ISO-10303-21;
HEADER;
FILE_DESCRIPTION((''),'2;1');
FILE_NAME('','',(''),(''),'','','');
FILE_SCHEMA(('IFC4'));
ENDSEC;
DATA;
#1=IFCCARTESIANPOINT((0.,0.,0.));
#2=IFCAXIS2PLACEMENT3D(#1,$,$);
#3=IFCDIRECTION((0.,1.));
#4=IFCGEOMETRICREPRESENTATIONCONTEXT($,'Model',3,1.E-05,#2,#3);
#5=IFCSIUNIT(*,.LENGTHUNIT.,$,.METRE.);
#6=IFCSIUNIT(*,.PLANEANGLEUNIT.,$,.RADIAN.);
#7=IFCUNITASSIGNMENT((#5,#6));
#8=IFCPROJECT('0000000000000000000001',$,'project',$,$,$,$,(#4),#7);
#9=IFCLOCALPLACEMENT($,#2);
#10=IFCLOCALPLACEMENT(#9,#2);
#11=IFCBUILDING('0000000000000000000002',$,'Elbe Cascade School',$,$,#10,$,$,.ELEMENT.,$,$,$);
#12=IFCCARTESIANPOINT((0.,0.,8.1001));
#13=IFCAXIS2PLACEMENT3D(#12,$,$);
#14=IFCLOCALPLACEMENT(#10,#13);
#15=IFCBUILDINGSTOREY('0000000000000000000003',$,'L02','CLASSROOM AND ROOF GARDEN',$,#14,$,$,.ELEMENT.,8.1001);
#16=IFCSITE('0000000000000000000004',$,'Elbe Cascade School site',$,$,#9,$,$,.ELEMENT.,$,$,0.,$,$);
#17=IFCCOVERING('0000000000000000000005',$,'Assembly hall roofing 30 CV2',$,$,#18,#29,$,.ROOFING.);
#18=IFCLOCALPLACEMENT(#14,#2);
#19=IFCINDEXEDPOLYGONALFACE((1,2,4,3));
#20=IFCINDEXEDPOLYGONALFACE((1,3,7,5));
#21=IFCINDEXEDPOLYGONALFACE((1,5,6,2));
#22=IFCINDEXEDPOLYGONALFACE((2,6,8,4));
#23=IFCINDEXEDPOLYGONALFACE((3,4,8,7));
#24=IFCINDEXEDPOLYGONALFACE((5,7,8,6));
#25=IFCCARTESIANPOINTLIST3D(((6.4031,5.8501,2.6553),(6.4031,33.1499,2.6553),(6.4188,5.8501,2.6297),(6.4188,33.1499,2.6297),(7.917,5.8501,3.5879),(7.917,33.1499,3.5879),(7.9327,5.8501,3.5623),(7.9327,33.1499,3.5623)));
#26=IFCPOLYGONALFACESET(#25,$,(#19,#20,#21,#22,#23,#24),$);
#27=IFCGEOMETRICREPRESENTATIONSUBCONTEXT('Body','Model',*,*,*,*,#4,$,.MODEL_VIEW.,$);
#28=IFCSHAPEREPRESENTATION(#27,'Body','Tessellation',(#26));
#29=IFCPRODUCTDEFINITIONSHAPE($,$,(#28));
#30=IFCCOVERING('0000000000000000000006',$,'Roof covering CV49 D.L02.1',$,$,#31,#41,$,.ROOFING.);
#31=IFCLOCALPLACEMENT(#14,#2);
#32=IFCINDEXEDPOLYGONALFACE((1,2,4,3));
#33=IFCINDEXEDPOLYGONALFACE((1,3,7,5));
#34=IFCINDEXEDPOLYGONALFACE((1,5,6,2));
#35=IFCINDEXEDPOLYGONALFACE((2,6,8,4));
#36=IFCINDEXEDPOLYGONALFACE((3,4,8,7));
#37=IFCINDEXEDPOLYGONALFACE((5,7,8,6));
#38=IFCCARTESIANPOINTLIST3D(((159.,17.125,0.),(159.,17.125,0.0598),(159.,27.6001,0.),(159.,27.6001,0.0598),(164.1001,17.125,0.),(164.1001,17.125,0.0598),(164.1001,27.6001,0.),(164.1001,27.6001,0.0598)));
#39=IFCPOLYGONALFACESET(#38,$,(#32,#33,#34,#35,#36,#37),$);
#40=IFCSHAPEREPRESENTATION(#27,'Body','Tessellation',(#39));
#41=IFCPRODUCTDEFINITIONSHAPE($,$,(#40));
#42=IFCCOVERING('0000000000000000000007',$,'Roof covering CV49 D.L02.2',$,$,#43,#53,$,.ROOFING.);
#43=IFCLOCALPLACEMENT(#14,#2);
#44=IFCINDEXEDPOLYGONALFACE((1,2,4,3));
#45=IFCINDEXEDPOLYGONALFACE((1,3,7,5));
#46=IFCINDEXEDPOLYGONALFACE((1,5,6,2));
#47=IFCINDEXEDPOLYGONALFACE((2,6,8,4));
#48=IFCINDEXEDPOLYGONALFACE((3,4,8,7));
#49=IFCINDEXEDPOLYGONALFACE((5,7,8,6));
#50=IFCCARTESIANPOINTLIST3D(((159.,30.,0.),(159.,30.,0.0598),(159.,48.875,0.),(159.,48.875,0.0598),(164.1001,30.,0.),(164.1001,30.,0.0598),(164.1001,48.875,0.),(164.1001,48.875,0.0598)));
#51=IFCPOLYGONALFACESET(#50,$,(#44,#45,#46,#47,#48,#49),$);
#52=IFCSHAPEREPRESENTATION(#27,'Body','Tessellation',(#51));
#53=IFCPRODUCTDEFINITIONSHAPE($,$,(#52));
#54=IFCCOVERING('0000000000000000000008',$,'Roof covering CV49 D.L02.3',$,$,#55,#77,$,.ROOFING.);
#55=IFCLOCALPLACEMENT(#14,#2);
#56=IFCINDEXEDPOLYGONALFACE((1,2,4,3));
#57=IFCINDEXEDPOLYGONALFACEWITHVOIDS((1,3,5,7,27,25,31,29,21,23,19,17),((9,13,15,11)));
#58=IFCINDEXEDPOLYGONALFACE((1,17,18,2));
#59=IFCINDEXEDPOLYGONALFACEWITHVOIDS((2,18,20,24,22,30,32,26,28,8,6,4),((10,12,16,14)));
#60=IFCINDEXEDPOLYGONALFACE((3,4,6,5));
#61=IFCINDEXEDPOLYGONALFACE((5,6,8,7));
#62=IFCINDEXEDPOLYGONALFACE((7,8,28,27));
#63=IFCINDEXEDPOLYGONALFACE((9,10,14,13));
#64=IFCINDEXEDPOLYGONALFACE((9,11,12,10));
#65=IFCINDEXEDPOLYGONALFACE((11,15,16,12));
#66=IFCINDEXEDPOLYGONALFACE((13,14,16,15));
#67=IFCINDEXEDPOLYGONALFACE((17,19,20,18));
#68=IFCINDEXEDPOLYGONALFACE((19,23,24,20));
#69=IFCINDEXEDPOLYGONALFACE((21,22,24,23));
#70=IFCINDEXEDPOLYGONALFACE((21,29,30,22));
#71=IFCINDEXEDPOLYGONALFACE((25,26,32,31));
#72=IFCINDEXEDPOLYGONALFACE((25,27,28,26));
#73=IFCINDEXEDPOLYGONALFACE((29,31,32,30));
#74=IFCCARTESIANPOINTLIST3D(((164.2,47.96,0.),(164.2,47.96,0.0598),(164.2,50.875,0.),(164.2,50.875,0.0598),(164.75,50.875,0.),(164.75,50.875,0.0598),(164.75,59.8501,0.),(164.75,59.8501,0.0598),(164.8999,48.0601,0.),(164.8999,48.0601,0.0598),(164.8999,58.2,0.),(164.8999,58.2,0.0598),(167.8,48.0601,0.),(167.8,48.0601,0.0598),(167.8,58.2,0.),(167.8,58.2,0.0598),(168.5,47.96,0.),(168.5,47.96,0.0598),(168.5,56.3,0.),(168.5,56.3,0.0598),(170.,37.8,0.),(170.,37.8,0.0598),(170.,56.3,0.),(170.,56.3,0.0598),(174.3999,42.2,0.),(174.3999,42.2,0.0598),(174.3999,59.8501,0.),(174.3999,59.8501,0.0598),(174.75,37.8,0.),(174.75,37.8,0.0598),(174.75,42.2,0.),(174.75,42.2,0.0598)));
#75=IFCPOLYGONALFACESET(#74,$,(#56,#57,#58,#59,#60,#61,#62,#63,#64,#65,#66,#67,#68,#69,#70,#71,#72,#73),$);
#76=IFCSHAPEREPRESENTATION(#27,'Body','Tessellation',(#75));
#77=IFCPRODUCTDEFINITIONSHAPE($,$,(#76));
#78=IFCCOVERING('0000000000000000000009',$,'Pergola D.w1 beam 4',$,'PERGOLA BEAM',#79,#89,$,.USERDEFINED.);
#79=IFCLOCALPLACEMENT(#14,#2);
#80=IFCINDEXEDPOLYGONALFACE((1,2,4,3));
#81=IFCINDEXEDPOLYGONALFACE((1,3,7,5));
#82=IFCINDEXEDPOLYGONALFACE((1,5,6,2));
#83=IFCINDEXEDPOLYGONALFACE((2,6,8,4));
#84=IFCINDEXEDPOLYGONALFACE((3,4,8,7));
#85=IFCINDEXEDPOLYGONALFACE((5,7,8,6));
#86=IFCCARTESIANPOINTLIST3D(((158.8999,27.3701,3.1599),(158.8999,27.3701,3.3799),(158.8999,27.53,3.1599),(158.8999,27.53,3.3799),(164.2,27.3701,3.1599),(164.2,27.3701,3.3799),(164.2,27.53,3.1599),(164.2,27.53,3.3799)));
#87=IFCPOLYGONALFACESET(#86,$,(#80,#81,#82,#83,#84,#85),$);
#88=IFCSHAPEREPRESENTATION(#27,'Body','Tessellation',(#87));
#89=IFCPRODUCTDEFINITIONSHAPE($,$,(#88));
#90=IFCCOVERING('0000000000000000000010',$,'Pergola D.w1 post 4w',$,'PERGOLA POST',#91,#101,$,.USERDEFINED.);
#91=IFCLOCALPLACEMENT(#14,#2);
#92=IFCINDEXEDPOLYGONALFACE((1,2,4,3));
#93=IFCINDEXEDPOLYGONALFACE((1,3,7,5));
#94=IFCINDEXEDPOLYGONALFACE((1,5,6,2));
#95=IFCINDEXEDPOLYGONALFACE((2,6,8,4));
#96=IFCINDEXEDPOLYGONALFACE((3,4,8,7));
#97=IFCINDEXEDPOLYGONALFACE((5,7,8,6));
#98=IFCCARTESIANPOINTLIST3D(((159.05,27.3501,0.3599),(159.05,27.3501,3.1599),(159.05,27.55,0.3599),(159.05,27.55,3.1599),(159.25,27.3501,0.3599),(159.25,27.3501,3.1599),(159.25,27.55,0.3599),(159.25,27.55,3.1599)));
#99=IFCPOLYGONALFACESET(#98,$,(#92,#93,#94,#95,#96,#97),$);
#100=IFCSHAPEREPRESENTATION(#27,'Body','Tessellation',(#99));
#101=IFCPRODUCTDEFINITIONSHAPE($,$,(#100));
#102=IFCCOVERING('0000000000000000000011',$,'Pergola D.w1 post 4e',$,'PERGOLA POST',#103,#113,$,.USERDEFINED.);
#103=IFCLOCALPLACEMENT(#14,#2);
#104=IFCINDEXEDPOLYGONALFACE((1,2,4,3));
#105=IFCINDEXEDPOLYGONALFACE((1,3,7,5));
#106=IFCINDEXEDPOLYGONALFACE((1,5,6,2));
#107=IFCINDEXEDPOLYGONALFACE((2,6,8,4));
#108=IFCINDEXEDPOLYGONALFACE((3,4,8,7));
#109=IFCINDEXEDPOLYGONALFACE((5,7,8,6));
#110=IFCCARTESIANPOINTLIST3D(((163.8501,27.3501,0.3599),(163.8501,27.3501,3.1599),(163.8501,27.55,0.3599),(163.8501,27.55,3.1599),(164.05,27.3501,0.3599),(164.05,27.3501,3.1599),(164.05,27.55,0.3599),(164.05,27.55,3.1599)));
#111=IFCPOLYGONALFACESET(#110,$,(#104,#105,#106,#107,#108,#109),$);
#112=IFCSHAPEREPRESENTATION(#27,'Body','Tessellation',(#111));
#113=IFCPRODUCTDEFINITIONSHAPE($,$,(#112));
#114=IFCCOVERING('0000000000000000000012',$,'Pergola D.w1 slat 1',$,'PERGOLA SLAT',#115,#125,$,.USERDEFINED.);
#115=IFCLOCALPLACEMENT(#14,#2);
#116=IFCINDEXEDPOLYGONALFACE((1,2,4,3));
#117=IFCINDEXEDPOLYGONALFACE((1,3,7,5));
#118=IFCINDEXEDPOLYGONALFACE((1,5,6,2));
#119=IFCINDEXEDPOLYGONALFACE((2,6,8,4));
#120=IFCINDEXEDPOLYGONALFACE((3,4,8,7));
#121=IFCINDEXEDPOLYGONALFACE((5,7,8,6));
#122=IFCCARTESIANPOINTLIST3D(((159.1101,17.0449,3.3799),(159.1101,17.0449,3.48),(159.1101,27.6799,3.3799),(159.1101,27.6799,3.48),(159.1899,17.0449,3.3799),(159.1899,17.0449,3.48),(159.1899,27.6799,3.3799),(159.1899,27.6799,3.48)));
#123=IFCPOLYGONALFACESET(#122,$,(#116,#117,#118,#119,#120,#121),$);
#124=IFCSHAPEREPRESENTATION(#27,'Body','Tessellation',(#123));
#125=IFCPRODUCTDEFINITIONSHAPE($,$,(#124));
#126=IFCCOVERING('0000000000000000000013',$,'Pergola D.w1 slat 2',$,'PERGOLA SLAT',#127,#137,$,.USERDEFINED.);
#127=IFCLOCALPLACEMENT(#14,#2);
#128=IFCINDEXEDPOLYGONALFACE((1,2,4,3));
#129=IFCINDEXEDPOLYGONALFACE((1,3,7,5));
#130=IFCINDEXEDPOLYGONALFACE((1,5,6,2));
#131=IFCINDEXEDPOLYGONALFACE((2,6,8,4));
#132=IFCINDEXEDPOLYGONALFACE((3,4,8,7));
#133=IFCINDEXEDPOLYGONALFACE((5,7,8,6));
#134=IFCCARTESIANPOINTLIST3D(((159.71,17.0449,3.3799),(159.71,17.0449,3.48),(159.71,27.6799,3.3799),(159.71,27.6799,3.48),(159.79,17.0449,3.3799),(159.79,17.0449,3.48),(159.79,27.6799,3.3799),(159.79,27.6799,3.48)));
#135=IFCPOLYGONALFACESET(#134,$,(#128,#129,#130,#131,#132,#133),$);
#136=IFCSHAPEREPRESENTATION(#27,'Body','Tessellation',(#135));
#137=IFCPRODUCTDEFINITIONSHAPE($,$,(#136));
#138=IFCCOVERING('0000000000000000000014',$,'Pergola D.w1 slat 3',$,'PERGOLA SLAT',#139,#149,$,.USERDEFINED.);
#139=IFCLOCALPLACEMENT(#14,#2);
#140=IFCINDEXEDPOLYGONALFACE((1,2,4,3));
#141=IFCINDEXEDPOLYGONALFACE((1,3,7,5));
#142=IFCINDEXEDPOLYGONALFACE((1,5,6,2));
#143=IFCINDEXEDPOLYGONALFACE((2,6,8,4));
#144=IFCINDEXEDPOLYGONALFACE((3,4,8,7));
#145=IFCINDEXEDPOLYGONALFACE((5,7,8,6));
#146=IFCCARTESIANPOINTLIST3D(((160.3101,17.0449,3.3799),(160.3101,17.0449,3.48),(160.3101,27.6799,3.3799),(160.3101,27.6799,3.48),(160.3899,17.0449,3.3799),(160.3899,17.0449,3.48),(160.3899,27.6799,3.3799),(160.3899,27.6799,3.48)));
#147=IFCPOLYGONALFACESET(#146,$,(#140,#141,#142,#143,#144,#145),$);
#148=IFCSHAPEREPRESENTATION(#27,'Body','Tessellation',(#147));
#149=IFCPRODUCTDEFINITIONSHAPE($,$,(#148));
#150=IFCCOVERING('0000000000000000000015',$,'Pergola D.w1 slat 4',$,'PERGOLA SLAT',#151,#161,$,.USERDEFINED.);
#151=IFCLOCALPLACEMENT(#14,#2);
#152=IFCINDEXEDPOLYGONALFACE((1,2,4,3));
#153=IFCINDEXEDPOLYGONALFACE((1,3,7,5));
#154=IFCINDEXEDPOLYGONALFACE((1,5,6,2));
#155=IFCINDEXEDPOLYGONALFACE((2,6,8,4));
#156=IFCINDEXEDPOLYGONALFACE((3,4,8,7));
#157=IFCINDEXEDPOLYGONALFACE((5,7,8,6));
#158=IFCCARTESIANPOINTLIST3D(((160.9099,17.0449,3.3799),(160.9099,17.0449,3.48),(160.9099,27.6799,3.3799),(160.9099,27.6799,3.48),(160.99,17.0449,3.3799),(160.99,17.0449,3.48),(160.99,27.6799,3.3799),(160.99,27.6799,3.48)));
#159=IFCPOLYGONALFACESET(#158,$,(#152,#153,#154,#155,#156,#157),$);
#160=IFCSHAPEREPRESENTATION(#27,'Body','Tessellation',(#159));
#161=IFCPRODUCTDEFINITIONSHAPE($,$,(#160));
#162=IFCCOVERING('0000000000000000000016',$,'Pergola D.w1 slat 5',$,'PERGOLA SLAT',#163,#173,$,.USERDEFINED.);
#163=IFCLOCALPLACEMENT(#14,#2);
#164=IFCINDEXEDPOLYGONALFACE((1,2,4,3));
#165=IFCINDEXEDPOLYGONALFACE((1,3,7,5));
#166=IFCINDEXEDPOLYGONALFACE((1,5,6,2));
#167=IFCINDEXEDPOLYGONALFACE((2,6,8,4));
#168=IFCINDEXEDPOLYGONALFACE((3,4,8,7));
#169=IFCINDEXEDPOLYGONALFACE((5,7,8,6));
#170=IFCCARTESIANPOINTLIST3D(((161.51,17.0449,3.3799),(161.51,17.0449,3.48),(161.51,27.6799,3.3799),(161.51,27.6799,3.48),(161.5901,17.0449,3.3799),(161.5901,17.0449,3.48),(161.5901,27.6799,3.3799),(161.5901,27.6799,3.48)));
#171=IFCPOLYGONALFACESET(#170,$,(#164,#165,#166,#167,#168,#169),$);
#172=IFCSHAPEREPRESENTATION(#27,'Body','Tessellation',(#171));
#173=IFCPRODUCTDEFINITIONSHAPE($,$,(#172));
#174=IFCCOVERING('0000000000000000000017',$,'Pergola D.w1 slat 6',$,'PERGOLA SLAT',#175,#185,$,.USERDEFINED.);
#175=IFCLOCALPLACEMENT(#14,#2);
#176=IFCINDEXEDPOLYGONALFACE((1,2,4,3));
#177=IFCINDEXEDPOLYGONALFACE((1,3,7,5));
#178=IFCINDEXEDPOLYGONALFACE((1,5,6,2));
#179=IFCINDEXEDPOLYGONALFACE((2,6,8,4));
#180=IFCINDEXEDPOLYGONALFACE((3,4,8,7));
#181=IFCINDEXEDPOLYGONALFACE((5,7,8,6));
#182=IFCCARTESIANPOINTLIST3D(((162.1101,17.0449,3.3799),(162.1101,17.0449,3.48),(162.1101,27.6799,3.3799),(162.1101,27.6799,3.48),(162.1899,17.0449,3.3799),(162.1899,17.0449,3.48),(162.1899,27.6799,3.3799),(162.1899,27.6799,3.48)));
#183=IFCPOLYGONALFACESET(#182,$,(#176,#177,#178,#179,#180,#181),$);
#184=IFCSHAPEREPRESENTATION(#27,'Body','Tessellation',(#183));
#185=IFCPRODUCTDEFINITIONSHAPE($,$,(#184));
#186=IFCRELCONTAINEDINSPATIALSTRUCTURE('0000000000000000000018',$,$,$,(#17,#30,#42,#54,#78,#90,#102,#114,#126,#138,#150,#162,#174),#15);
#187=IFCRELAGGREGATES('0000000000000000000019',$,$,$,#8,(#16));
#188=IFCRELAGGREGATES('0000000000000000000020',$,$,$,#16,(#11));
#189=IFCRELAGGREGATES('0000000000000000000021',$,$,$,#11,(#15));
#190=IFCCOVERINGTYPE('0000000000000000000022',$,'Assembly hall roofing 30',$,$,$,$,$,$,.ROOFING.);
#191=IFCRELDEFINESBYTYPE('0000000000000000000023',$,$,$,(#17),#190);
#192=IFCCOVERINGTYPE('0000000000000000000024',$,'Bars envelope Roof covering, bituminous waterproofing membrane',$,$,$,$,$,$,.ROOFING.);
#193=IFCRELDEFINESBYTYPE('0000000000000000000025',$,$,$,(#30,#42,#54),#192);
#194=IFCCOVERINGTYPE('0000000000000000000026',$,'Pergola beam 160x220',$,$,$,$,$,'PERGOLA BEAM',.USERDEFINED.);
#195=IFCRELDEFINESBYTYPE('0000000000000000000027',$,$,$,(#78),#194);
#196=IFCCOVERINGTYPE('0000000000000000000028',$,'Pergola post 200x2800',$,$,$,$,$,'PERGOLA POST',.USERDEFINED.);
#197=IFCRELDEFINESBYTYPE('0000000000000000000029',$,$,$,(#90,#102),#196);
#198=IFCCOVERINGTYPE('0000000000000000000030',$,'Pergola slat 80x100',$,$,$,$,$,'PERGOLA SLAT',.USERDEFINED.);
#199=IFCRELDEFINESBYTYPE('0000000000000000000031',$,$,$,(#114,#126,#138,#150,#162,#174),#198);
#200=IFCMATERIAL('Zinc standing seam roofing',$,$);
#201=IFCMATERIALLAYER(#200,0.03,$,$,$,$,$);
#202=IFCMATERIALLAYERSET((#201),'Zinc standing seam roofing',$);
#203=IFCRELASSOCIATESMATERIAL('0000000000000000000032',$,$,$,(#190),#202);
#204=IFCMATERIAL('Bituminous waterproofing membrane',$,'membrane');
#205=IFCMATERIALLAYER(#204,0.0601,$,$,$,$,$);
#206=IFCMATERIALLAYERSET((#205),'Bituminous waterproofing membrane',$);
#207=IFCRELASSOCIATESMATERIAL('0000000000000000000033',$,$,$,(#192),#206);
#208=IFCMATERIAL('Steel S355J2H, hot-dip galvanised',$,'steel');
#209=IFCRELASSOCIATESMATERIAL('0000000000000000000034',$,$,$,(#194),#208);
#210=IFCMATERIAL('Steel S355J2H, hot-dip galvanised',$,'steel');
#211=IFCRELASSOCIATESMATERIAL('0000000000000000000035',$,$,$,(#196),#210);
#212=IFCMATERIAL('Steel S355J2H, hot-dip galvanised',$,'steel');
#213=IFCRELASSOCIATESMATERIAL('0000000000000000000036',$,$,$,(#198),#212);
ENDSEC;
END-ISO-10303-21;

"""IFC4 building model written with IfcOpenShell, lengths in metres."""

from ifc_helpers import new_model, si_unit, direction, frame, origin, place, context, subcontext, project, spatial, polyline, outline, extrude, material, layer, layer_set, type_object, element, save


model = new_model("IFC4")

# Units and contexts
model_context = context("Model", 3, precision=1e-05, world=origin(), true_north=direction((0.0, 1.0)))
body_context = subcontext(model_context, "Body", "Model", "MODEL_VIEW")
ifc_project = project(units=[si_unit("LENGTHUNIT", "METRE"), si_unit("PLANEANGLEUNIT", "RADIAN")], contexts=[model_context])

# Site, building, storey
site_placement = place(None, origin())
site = spatial("IfcSite", under=ifc_project, at=site_placement, Name="Elbe Cascade School site", CompositionType="ELEMENT", RefElevation=0.0)
building_placement = place(site_placement, origin())
building = spatial("IfcBuilding", under=site, at=building_placement, Name="Elbe Cascade School", CompositionType="ELEMENT")
storey_placement = place(building_placement, frame((0.0, 0.0, 8.1001)))
storey = spatial("IfcBuildingStorey", under=building, at=storey_placement, Name="L02", Description="CLASSROOM AND ROOF GARDEN", CompositionType="ELEMENT", Elevation=8.1001)

# Coverings
ifc_material_1 = material(Name="Zinc standing seam roofing")
ifc_layer_1 = layer(ifc_material_1, 0.03)
ifc_layer_set_1 = layer_set([ifc_layer_1], Name="Zinc standing seam roofing")
covering_type_1 = type_object("IfcCoveringType", Name="Assembly hall roofing 30", PredefinedType="ROOFING", material=ifc_layer_set_1)
covering_1_placement = place(storey_placement, frame((6.4031, 5.8501, 2.6553), z_axis=(-0.524496, 0.0, 0.851413), x_axis=(0.851413, 0.0, 0.524496)))
element("IfcCovering", 1, at=covering_1_placement, inside=storey, type_object=covering_type_1, Name="Assembly hall roofing 30 CV2", PredefinedType="ROOFING", context=body_context, shape_type="SweptSolid", body=[
    extrude(outline(polyline([(0.0, 0.0), (1.7781, 0.0), (1.7781, 27.2998), (0.0, 27.2998), (0.0, 0.0)])), origin(), (0.0, 0.0, -1.0), 0.03),
])
ifc_material_2 = material(Name="Bituminous waterproofing membrane", Category="membrane")
ifc_layer_2 = layer(ifc_material_2, 0.0601)
ifc_layer_set_2 = layer_set([ifc_layer_2], Name="Bituminous waterproofing membrane")
covering_type_2 = type_object("IfcCoveringType", Name="Bars envelope Roof covering, bituminous waterproofing membrane", PredefinedType="ROOFING", material=ifc_layer_set_2)
covering_2_placement = place(storey_placement, origin())
element("IfcCovering", 2, at=covering_2_placement, inside=storey, type_object=covering_type_2, Name="Roof covering CV49 D.L02.1", PredefinedType="ROOFING", context=body_context, shape_type="SweptSolid", body=[
    extrude(outline(polyline([(159.0, 17.125), (159.0, 27.6001), (164.1001, 27.6001), (164.1001, 17.125), (159.0, 17.125)])), origin(), (0.0, 0.0, 1.0), 0.0598),
])
covering_3_placement = place(storey_placement, origin())
element("IfcCovering", 3, at=covering_3_placement, inside=storey, type_object=covering_type_2, Name="Roof covering CV49 D.L02.2", PredefinedType="ROOFING", context=body_context, shape_type="SweptSolid", body=[
    extrude(outline(polyline([(159.0, 48.875), (164.1001, 48.875), (164.1001, 30.0), (159.0, 30.0), (159.0, 48.875)])), origin(), (0.0, 0.0, 1.0), 0.0598),
])
covering_4_placement = place(storey_placement, origin())
element("IfcCovering", 4, at=covering_4_placement, inside=storey, type_object=covering_type_2, Name="Roof covering CV49 D.L02.3", PredefinedType="ROOFING", context=body_context, shape_type="SweptSolid", body=[
    extrude(outline(polyline([(164.75, 50.875), (164.75, 59.8501), (174.3999, 59.8501), (174.3999, 42.2), (174.75, 42.2), (174.75, 37.8), (170.0, 37.8), (170.0, 56.3), (168.5, 56.3), (168.5, 47.96), (164.2, 47.96), (164.2, 50.875), (164.75, 50.875)]), holes=[polyline([(167.8, 58.2), (164.8999, 58.2), (164.8999, 48.0601), (167.8, 48.0601), (167.8, 58.2)])]), origin(), (0.0, 0.0, 1.0), 0.0598),
])
ifc_material_3 = material(Name="Steel S355J2H, hot-dip galvanised", Category="steel")
covering_type_3 = type_object("IfcCoveringType", Name="Pergola beam 160x220", ElementType="PERGOLA BEAM", PredefinedType="USERDEFINED", material=ifc_material_3)
covering_5_placement = place(storey_placement, frame((0.0, 0.0, 3.1599)))
element("IfcCovering", 5, at=covering_5_placement, inside=storey, type_object=covering_type_3, Name="Pergola D.w1 beam 4", ObjectType="PERGOLA BEAM", PredefinedType="USERDEFINED", context=body_context, shape_type="SweptSolid", body=[
    extrude(outline(polyline([(158.8999, 27.3701), (164.2, 27.3701), (164.2, 27.53), (158.8999, 27.53), (158.8999, 27.3701)])), origin(), (0.0, 0.0, 1.0), 0.22),
])
ifc_material_4 = material(Name="Steel S355J2H, hot-dip galvanised", Category="steel")
covering_type_4 = type_object("IfcCoveringType", Name="Pergola post 200x2800", ElementType="PERGOLA POST", PredefinedType="USERDEFINED", material=ifc_material_4)
covering_6_placement = place(storey_placement, frame((0.0, 0.0, 0.3599)))
element("IfcCovering", 6, at=covering_6_placement, inside=storey, type_object=covering_type_4, Name="Pergola D.w1 post 4w", ObjectType="PERGOLA POST", PredefinedType="USERDEFINED", context=body_context, shape_type="SweptSolid", body=[
    extrude(outline(polyline([(159.05, 27.3501), (159.25, 27.3501), (159.25, 27.55), (159.05, 27.55), (159.05, 27.3501)])), origin(), (0.0, 0.0, 1.0), 2.8),
])
covering_7_placement = place(storey_placement, frame((0.0, 0.0, 0.3599)))
element("IfcCovering", 7, at=covering_7_placement, inside=storey, type_object=covering_type_4, Name="Pergola D.w1 post 4e", ObjectType="PERGOLA POST", PredefinedType="USERDEFINED", context=body_context, shape_type="SweptSolid", body=[
    extrude(outline(polyline([(163.8501, 27.3501), (164.05, 27.3501), (164.05, 27.55), (163.8501, 27.55), (163.8501, 27.3501)])), origin(), (0.0, 0.0, 1.0), 2.8),
])
ifc_material_5 = material(Name="Steel S355J2H, hot-dip galvanised", Category="steel")
covering_type_5 = type_object("IfcCoveringType", Name="Pergola slat 80x100", ElementType="PERGOLA SLAT", PredefinedType="USERDEFINED", material=ifc_material_5)
covering_8_placement = place(storey_placement, frame((0.0, 0.0, 3.3799)))
element("IfcCovering", 8, at=covering_8_placement, inside=storey, type_object=covering_type_5, Name="Pergola D.w1 slat 1", ObjectType="PERGOLA SLAT", PredefinedType="USERDEFINED", context=body_context, shape_type="SweptSolid", body=[
    extrude(outline(polyline([(159.1101, 17.0449), (159.1899, 17.0449), (159.1899, 27.6799), (159.1101, 27.6799), (159.1101, 17.0449)])), origin(), (0.0, 0.0, 1.0), 0.1001),
])
covering_9_placement = place(storey_placement, frame((0.0, 0.0, 3.3799)))
element("IfcCovering", 9, at=covering_9_placement, inside=storey, type_object=covering_type_5, Name="Pergola D.w1 slat 2", ObjectType="PERGOLA SLAT", PredefinedType="USERDEFINED", context=body_context, shape_type="SweptSolid", body=[
    extrude(outline(polyline([(159.71, 17.0449), (159.79, 17.0449), (159.79, 27.6799), (159.71, 27.6799), (159.71, 17.0449)])), origin(), (0.0, 0.0, 1.0), 0.1001),
])
covering_10_placement = place(storey_placement, frame((0.0, 0.0, 3.3799)))
element("IfcCovering", 10, at=covering_10_placement, inside=storey, type_object=covering_type_5, Name="Pergola D.w1 slat 3", ObjectType="PERGOLA SLAT", PredefinedType="USERDEFINED", context=body_context, shape_type="SweptSolid", body=[
    extrude(outline(polyline([(160.3101, 17.0449), (160.3899, 17.0449), (160.3899, 27.6799), (160.3101, 27.6799), (160.3101, 17.0449)])), origin(), (0.0, 0.0, 1.0), 0.1001),
])
covering_11_placement = place(storey_placement, frame((0.0, 0.0, 3.3799)))
element("IfcCovering", 11, at=covering_11_placement, inside=storey, type_object=covering_type_5, Name="Pergola D.w1 slat 4", ObjectType="PERGOLA SLAT", PredefinedType="USERDEFINED", context=body_context, shape_type="SweptSolid", body=[
    extrude(outline(polyline([(160.9099, 17.0449), (160.99, 17.0449), (160.99, 27.6799), (160.9099, 27.6799), (160.9099, 17.0449)])), origin(), (0.0, 0.0, 1.0), 0.1001),
])
covering_12_placement = place(storey_placement, frame((0.0, 0.0, 3.3799)))
element("IfcCovering", 12, at=covering_12_placement, inside=storey, type_object=covering_type_5, Name="Pergola D.w1 slat 5", ObjectType="PERGOLA SLAT", PredefinedType="USERDEFINED", context=body_context, shape_type="SweptSolid", body=[
    extrude(outline(polyline([(161.51, 17.0449), (161.5901, 17.0449), (161.5901, 27.6799), (161.51, 27.6799), (161.51, 17.0449)])), origin(), (0.0, 0.0, 1.0), 0.1001),
])
covering_13_placement = place(storey_placement, frame((0.0, 0.0, 3.3799)))
element("IfcCovering", 13, at=covering_13_placement, inside=storey, type_object=covering_type_5, Name="Pergola D.w1 slat 6", ObjectType="PERGOLA SLAT", PredefinedType="USERDEFINED", context=body_context, shape_type="SweptSolid", body=[
    extrude(outline(polyline([(162.1101, 17.0449), (162.1899, 17.0449), (162.1899, 27.6799), (162.1101, 27.6799), (162.1101, 17.0449)])), origin(), (0.0, 0.0, 1.0), 0.1001),
])

save(model, "model.ifc")
